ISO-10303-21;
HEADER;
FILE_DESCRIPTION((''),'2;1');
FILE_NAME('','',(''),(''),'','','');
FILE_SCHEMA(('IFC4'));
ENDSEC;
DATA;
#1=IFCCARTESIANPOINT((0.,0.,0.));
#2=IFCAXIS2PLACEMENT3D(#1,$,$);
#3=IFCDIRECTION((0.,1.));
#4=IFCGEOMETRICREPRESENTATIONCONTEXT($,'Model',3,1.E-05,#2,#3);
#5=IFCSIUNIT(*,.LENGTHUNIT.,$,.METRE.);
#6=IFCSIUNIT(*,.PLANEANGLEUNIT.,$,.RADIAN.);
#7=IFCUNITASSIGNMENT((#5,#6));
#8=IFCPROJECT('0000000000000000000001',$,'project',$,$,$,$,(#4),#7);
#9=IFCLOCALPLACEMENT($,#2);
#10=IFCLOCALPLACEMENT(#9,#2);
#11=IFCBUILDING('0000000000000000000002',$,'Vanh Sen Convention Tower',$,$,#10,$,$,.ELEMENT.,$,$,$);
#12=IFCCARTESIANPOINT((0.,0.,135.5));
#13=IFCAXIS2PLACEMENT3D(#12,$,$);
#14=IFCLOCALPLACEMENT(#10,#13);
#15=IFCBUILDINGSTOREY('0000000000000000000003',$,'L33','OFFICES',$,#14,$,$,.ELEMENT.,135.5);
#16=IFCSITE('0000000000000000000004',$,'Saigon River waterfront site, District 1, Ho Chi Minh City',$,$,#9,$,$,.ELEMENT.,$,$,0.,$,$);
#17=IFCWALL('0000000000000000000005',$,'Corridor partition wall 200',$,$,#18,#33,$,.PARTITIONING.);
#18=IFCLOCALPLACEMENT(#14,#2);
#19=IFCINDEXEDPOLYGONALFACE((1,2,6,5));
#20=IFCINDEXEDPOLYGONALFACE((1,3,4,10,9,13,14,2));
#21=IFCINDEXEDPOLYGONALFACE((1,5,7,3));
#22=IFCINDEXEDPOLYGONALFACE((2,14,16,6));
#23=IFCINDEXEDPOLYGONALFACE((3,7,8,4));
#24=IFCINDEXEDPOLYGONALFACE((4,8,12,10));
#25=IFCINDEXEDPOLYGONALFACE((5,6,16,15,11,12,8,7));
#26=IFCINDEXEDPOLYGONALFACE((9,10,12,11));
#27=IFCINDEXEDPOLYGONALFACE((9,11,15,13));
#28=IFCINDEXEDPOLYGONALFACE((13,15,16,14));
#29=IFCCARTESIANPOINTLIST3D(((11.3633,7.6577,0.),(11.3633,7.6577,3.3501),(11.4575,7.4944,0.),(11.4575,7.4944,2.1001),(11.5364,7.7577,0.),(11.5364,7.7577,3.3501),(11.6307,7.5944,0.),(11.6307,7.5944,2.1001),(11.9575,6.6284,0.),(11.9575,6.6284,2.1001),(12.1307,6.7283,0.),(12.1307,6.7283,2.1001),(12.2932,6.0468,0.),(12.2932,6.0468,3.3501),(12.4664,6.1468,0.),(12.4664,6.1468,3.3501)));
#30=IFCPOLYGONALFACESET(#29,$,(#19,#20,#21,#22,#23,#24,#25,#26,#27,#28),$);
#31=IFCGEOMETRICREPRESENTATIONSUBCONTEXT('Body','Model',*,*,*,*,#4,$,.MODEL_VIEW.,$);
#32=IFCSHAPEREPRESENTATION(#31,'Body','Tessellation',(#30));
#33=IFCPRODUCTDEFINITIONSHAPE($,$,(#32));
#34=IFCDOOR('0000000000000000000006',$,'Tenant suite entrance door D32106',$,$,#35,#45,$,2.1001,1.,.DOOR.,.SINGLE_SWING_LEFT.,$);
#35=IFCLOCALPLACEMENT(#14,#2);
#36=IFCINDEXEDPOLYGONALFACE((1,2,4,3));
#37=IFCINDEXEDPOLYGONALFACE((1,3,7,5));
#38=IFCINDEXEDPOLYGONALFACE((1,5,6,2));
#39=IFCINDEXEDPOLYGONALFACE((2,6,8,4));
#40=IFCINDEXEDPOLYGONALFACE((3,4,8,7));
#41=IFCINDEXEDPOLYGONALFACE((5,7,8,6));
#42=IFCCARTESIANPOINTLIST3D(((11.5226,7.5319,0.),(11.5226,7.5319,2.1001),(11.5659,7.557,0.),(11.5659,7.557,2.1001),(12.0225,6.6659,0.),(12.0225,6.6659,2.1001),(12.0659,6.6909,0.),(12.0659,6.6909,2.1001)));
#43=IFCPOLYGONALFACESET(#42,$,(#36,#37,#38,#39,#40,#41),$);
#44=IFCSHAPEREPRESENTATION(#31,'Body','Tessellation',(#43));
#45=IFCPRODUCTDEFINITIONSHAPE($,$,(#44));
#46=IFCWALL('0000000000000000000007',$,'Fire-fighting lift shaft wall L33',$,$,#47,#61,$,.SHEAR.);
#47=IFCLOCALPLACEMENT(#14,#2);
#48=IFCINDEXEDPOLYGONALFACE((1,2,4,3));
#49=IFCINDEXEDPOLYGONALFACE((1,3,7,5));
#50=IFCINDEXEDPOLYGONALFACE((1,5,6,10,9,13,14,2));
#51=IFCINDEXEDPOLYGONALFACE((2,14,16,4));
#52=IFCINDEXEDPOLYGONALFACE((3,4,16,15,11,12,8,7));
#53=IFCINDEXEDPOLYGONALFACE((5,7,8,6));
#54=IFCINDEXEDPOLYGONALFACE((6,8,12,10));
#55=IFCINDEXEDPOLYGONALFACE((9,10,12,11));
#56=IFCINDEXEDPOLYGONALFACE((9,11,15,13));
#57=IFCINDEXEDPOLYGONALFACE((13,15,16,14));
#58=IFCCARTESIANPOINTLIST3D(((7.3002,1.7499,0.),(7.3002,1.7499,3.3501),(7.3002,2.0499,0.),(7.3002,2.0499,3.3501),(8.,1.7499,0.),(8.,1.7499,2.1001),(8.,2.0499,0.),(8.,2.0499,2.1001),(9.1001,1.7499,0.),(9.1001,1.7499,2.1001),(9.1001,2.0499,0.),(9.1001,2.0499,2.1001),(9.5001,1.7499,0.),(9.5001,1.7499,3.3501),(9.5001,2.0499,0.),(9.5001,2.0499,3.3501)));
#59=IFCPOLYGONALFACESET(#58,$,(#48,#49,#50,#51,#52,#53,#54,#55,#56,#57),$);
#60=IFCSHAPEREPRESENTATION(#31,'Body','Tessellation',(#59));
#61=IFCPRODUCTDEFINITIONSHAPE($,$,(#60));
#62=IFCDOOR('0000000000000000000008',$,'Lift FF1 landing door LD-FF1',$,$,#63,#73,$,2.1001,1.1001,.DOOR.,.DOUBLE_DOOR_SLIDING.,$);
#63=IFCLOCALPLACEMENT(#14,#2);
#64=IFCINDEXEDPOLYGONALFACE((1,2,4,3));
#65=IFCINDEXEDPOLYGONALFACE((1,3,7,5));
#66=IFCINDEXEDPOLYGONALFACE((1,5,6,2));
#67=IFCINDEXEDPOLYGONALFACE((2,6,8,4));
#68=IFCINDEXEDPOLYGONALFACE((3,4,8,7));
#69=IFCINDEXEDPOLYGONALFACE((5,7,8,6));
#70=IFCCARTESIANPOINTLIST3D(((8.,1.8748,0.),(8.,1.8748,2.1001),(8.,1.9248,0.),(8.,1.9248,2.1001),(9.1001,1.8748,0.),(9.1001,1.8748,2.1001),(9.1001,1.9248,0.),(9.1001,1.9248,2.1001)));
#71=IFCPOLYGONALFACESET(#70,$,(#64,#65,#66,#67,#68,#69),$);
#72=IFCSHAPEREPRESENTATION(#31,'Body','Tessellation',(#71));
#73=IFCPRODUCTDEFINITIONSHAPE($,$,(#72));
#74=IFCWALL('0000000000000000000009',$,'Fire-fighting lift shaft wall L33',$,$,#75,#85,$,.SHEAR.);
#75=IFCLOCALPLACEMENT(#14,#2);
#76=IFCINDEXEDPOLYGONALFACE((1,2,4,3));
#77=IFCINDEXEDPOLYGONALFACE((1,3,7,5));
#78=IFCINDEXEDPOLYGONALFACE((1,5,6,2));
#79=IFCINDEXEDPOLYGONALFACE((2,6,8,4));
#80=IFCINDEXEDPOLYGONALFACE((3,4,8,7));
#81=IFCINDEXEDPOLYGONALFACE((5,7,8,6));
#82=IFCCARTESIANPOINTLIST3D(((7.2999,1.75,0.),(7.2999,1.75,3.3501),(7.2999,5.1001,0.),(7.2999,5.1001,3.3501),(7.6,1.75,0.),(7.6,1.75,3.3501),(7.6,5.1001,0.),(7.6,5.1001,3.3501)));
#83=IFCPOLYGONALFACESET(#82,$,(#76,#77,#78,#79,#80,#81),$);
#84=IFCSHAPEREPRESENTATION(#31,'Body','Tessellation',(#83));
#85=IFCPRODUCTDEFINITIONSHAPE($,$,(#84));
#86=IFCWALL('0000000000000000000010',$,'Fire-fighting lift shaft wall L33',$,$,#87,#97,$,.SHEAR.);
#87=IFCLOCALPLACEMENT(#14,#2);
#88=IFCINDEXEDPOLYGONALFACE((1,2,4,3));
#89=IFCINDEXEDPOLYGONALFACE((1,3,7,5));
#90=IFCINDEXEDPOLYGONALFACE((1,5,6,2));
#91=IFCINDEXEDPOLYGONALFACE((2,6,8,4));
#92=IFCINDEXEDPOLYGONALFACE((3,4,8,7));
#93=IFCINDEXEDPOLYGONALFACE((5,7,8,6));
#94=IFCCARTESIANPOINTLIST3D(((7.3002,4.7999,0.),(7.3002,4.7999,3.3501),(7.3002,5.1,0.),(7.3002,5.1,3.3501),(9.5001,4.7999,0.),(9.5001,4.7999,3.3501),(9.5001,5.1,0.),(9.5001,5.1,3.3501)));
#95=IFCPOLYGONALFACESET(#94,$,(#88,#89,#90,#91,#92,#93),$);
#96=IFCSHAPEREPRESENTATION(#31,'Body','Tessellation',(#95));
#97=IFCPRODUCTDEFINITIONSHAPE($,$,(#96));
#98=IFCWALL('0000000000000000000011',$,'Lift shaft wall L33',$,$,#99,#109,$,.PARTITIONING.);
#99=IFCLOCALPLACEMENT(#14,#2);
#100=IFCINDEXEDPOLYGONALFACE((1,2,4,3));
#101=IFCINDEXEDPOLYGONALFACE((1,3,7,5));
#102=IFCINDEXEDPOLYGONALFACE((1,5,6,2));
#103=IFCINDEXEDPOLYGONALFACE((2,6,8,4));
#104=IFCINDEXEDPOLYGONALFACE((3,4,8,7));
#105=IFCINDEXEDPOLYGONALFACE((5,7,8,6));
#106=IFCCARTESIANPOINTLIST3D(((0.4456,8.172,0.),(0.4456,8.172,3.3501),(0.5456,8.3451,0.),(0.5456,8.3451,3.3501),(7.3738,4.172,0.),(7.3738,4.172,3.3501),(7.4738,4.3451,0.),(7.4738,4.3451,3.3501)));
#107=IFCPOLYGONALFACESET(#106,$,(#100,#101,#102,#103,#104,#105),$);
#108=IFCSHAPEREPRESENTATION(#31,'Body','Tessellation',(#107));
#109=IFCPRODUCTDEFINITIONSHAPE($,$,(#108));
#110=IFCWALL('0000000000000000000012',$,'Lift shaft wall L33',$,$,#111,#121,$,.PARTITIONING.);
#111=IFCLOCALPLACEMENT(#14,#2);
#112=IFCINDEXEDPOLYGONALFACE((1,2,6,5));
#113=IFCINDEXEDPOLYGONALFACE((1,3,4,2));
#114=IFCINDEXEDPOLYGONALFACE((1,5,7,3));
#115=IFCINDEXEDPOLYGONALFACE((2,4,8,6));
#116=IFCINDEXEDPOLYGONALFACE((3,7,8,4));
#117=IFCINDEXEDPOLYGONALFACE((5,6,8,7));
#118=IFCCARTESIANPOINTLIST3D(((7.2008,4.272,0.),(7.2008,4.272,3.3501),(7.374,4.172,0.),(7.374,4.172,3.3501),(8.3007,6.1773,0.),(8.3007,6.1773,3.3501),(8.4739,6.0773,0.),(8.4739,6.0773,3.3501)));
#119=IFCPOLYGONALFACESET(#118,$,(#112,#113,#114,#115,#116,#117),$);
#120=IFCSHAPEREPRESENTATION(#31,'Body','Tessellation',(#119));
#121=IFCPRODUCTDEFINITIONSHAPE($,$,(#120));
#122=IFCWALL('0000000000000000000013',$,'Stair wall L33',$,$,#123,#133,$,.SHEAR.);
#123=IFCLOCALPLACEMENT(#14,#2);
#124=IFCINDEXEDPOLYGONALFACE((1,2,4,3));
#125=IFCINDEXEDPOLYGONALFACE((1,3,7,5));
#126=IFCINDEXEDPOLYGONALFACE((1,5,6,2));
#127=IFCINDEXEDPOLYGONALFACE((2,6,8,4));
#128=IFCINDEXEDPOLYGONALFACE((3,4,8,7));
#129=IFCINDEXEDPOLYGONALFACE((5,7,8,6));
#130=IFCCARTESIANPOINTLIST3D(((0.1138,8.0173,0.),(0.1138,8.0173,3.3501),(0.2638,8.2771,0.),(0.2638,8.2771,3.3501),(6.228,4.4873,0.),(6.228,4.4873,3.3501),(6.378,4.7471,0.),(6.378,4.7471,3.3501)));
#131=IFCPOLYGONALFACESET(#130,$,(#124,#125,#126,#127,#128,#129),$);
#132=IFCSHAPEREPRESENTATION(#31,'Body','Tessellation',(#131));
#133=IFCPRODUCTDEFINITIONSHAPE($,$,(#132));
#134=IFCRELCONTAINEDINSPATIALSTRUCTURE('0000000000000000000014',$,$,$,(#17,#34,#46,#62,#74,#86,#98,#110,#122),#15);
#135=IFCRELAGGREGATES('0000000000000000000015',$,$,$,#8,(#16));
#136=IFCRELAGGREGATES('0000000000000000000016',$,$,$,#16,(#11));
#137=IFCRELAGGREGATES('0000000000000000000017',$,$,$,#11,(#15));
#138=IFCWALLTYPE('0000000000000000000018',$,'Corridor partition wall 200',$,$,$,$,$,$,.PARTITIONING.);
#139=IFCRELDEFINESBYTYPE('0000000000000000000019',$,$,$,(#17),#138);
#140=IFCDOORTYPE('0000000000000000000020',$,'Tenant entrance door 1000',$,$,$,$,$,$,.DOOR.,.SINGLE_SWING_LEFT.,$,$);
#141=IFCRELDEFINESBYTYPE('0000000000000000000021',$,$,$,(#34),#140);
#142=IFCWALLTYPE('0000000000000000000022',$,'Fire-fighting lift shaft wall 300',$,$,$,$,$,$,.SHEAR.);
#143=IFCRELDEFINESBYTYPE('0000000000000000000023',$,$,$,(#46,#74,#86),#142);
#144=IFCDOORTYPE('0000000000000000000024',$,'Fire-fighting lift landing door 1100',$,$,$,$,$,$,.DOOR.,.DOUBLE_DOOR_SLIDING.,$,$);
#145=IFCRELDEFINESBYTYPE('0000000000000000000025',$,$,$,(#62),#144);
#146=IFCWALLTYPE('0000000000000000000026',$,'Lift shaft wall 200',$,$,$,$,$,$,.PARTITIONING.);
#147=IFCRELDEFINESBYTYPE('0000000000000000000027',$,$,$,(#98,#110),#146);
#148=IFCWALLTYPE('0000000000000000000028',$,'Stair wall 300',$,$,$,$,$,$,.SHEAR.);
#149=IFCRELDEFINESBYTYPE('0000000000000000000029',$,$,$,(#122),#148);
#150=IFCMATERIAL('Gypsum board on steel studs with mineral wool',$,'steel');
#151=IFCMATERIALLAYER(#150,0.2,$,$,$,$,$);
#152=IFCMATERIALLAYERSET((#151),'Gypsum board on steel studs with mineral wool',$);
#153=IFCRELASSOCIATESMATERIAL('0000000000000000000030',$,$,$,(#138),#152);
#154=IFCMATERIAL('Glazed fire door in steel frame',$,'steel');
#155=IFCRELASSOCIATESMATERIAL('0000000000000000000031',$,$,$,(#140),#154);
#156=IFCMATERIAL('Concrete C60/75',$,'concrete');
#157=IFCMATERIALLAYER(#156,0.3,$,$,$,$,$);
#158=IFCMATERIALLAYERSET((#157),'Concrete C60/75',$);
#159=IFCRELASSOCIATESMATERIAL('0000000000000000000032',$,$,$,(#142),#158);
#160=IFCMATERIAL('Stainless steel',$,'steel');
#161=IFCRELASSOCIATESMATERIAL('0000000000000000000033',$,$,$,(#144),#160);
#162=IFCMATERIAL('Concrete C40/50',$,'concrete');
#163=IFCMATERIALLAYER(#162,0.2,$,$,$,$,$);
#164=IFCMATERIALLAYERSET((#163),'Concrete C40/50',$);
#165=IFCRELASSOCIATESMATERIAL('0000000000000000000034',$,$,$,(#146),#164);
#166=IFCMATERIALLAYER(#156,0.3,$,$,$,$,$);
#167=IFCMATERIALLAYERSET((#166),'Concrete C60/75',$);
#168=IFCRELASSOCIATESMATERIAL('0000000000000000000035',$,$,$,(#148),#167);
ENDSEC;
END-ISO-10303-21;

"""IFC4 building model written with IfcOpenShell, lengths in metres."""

from ifc_helpers import new_model, si_unit, direction, frame, frame_2d, origin, place, context, subcontext, project, spatial, rectangle, extrude, material, layer, layer_set, type_object, element, fill, save


model = new_model("IFC4")

# Units and contexts
model_context = context("Model", 3, precision=1e-05, world=origin(), true_north=direction((0.0, 1.0)))
body_context = subcontext(model_context, "Body", "Model", "MODEL_VIEW")
ifc_project = project(units=[si_unit("LENGTHUNIT", "METRE"), si_unit("PLANEANGLEUNIT", "RADIAN")], contexts=[model_context])

# Site, building, storey
site_placement = place(None, origin())
site = spatial("IfcSite", under=ifc_project, at=site_placement, Name="Saigon River waterfront site, District 1, Ho Chi Minh City", CompositionType="ELEMENT", RefElevation=0.0)
building_placement = place(site_placement, origin())
building = spatial("IfcBuilding", under=site, at=building_placement, Name="Vanh Sen Convention Tower", CompositionType="ELEMENT")
storey_placement = place(building_placement, frame((0.0, 0.0, 135.5)))
storey = spatial("IfcBuildingStorey", under=building, at=storey_placement, Name="L33", Description="OFFICES", CompositionType="ELEMENT", Elevation=135.5)

# Shared definitions
ifc_material_1 = material(Name="Stainless steel", Category="steel")

# Shared definitions
ifc_material_2 = material(Name="Gypsum board on steel studs with mineral wool", Category="steel")
ifc_layer_1 = layer(ifc_material_2, 0.2)
ifc_layer_set_1 = layer_set([ifc_layer_1], Name="Gypsum board on steel studs with mineral wool")
wall_type_1 = type_object("IfcWallType", Name="Corridor partition wall 200", PredefinedType="PARTITIONING", material=ifc_layer_set_1)

# Shared definitions
ifc_material_3 = material(Name="Glazed fire door in steel frame", Category="steel")
door_type_1 = type_object("IfcDoorType", Name="Tenant entrance door 1000", OperationType="SINGLE_SWING_LEFT", PredefinedType="DOOR", material=ifc_material_3)

# Walls, openings, doors
wall_1_placement = place(storey_placement, frame((12.3799, 6.0967, 0.0), z_axis=(0.0, 0.0, 1.0), x_axis=(-0.499965, 0.866046, 0.0)))
wall_1 = element("IfcWall", 1, at=wall_1_placement, inside=storey, type_object=wall_type_1, Name="Corridor partition wall 200", PredefinedType="PARTITIONING", context=body_context, shape_type="SweptSolid", body=[
    extrude(rectangle(XDim=1.8601, YDim=0.2, at=frame_2d((0.9302, 0.0))), origin(), (0.0, 0.0, 1.0), 3.3501),
])
opening_1_placement = place(wall_1_placement, frame((0.6716, 0.0, 0.0)))
opening_1 = element("IfcOpeningElement", 2, at=opening_1_placement, cuts=wall_1, PredefinedType="OPENING", context=body_context, shape_type="SweptSolid", body=[
    extrude(rectangle(XDim=1.0, YDim=2.1001, at=frame_2d((0.5, 1.05))), frame((0.0, 0.1099, 0.0), z_axis=(0.0, -1.0, 0.0), x_axis=(1.0, 0.0, 0.0)), (0.0, 0.0, 1.0), 0.22),
])
door_1_placement = place(opening_1_placement, origin())
door_1 = element("IfcDoor", 3, at=door_1_placement, inside=storey, type_object=door_type_1, Name="Tenant suite entrance door D32106", OperationType="SINGLE_SWING_LEFT", OverallHeight=2.1001, OverallWidth=1.0, PredefinedType="DOOR", context=body_context, shape_type="SweptSolid", body=[
    extrude(rectangle(XDim=1.0, YDim=2.1001, at=frame_2d((0.5, 1.05))), frame((0.0, 0.0249, 0.0), z_axis=(0.0, -1.0, 0.0), x_axis=(1.0, 0.0, 0.0)), (0.0, 0.0, 1.0), 0.05),
])
fill(opening_1, door_1)
ifc_material_4 = material(Name="Concrete C60/75", Category="concrete")
ifc_layer_2 = layer(ifc_material_4, 0.3)
ifc_layer_set_2 = layer_set([ifc_layer_2], Name="Concrete C60/75")
wall_type_2 = type_object("IfcWallType", Name="Fire-fighting lift shaft wall 300", PredefinedType="SHEAR", material=ifc_layer_set_2)
wall_2_placement = place(storey_placement, frame((7.3, 1.8999, 0.0), z_axis=(0.0, 0.0, 1.0), x_axis=(1.0, 0.0, 0.0)))
wall_2 = element("IfcWall", 4, at=wall_2_placement, inside=storey, type_object=wall_type_2, Name="Fire-fighting lift shaft wall L33", PredefinedType="SHEAR", context=body_context, shape_type="SweptSolid", body=[
    extrude(rectangle(XDim=2.2, YDim=0.3, at=frame_2d((1.1001, 0.0))), origin(), (0.0, 0.0, 1.0), 3.3501),
])
opening_2_placement = place(wall_2_placement, frame((0.7, 0.0, 0.0)))
opening_2 = element("IfcOpeningElement", 5, at=opening_2_placement, cuts=wall_2, PredefinedType="OPENING", context=body_context, shape_type="SweptSolid", body=[
    extrude(rectangle(XDim=1.1001, YDim=2.1001, at=frame_2d((0.55, 1.05))), frame((0.0, 0.1599, 0.0), z_axis=(0.0, -1.0, 0.0), x_axis=(1.0, 0.0, 0.0)), (0.0, 0.0, 1.0), 0.3201),
])
door_type_2 = type_object("IfcDoorType", Name="Fire-fighting lift landing door 1100", OperationType="DOUBLE_DOOR_SLIDING", PredefinedType="DOOR", material=ifc_material_1)
door_2_placement = place(opening_2_placement, origin())
door_2 = element("IfcDoor", 6, at=door_2_placement, inside=storey, type_object=door_type_2, Name="Lift FF1 landing door LD-FF1", OperationType="DOUBLE_DOOR_SLIDING", OverallHeight=2.1001, OverallWidth=1.1001, PredefinedType="DOOR", context=body_context, shape_type="SweptSolid", body=[
    extrude(rectangle(XDim=1.1001, YDim=2.1001, at=frame_2d((0.55, 1.05))), frame((0.0, 0.0249, 0.0), z_axis=(0.0, -1.0, 0.0), x_axis=(1.0, 0.0, 0.0)), (0.0, 0.0, 1.0), 0.05),
])
fill(opening_2, door_2)

# Walls
wall_3_placement = place(storey_placement, frame((7.45, 1.75, 0.0), z_axis=(0.0, 0.0, 1.0), x_axis=(0.0, 1.0, 0.0)))
element("IfcWall", 7, at=wall_3_placement, inside=storey, type_object=wall_type_2, Name="Fire-fighting lift shaft wall L33", PredefinedType="SHEAR", context=body_context, shape_type="SweptSolid", body=[
    extrude(rectangle(XDim=3.3501, YDim=0.3, at=frame_2d((1.675, 0.0))), origin(), (0.0, 0.0, 1.0), 3.3501),
])
wall_4_placement = place(storey_placement, frame((7.3, 4.95, 0.0), z_axis=(0.0, 0.0, 1.0), x_axis=(1.0, 0.0, 0.0)))
element("IfcWall", 8, at=wall_4_placement, inside=storey, type_object=wall_type_2, Name="Fire-fighting lift shaft wall L33", PredefinedType="SHEAR", context=body_context, shape_type="SweptSolid", body=[
    extrude(rectangle(XDim=2.2, YDim=0.3, at=frame_2d((1.1001, 0.0))), origin(), (0.0, 0.0, 1.0), 3.3501),
])
ifc_material_5 = material(Name="Concrete C40/50", Category="concrete")
ifc_layer_3 = layer(ifc_material_5, 0.2)
ifc_layer_set_3 = layer_set([ifc_layer_3], Name="Concrete C40/50")
wall_type_3 = type_object("IfcWallType", Name="Lift shaft wall 200", PredefinedType="PARTITIONING", material=ifc_layer_set_3)
wall_5_placement = place(storey_placement, frame((7.4238, 4.2585, 0.0), z_axis=(0.0, 0.0, 1.0), x_axis=(-0.866026, 0.499999, 0.0)))
element("IfcWall", 9, at=wall_5_placement, inside=storey, type_object=wall_type_3, Name="Lift shaft wall L33", PredefinedType="PARTITIONING", context=body_context, shape_type="SweptSolid", body=[
    extrude(rectangle(XDim=8.0, YDim=0.2, at=frame_2d((4.0, 0.0))), origin(), (0.0, 0.0, 1.0), 3.3501),
])
wall_6_placement = place(storey_placement, frame((7.2874, 4.2219, 0.0), z_axis=(0.0, 0.0, 1.0), x_axis=(0.499947, 0.866056, 0.0)))
element("IfcWall", 10, at=wall_6_placement, inside=storey, type_object=wall_type_3, Name="Lift shaft wall L33", PredefinedType="PARTITIONING", context=body_context, shape_type="SweptSolid", body=[
    extrude(rectangle(XDim=2.2, YDim=0.2, at=frame_2d((1.1001, 0.0))), origin(), (0.0, 0.0, 1.0), 3.3501),
])
ifc_layer_4 = layer(ifc_material_4, 0.3)
ifc_layer_set_4 = layer_set([ifc_layer_4], Name="Concrete C60/75")
wall_type_4 = type_object("IfcWallType", Name="Stair wall 300", PredefinedType="SHEAR", material=ifc_layer_set_4)
wall_7_placement = place(storey_placement, frame((6.303, 4.6172, 0.0), z_axis=(0.0, 0.0, 1.0), x_axis=(-0.866028, 0.499996, 0.0)))
element("IfcWall", 11, at=wall_7_placement, inside=storey, type_object=wall_type_4, Name="Stair wall L33", PredefinedType="SHEAR", context=body_context, shape_type="SweptSolid", body=[
    extrude(rectangle(XDim=7.0601, YDim=0.3, at=frame_2d((3.53, 0.0))), origin(), (0.0, 0.0, 1.0), 3.3501),
])

save(model, "model.ifc")
